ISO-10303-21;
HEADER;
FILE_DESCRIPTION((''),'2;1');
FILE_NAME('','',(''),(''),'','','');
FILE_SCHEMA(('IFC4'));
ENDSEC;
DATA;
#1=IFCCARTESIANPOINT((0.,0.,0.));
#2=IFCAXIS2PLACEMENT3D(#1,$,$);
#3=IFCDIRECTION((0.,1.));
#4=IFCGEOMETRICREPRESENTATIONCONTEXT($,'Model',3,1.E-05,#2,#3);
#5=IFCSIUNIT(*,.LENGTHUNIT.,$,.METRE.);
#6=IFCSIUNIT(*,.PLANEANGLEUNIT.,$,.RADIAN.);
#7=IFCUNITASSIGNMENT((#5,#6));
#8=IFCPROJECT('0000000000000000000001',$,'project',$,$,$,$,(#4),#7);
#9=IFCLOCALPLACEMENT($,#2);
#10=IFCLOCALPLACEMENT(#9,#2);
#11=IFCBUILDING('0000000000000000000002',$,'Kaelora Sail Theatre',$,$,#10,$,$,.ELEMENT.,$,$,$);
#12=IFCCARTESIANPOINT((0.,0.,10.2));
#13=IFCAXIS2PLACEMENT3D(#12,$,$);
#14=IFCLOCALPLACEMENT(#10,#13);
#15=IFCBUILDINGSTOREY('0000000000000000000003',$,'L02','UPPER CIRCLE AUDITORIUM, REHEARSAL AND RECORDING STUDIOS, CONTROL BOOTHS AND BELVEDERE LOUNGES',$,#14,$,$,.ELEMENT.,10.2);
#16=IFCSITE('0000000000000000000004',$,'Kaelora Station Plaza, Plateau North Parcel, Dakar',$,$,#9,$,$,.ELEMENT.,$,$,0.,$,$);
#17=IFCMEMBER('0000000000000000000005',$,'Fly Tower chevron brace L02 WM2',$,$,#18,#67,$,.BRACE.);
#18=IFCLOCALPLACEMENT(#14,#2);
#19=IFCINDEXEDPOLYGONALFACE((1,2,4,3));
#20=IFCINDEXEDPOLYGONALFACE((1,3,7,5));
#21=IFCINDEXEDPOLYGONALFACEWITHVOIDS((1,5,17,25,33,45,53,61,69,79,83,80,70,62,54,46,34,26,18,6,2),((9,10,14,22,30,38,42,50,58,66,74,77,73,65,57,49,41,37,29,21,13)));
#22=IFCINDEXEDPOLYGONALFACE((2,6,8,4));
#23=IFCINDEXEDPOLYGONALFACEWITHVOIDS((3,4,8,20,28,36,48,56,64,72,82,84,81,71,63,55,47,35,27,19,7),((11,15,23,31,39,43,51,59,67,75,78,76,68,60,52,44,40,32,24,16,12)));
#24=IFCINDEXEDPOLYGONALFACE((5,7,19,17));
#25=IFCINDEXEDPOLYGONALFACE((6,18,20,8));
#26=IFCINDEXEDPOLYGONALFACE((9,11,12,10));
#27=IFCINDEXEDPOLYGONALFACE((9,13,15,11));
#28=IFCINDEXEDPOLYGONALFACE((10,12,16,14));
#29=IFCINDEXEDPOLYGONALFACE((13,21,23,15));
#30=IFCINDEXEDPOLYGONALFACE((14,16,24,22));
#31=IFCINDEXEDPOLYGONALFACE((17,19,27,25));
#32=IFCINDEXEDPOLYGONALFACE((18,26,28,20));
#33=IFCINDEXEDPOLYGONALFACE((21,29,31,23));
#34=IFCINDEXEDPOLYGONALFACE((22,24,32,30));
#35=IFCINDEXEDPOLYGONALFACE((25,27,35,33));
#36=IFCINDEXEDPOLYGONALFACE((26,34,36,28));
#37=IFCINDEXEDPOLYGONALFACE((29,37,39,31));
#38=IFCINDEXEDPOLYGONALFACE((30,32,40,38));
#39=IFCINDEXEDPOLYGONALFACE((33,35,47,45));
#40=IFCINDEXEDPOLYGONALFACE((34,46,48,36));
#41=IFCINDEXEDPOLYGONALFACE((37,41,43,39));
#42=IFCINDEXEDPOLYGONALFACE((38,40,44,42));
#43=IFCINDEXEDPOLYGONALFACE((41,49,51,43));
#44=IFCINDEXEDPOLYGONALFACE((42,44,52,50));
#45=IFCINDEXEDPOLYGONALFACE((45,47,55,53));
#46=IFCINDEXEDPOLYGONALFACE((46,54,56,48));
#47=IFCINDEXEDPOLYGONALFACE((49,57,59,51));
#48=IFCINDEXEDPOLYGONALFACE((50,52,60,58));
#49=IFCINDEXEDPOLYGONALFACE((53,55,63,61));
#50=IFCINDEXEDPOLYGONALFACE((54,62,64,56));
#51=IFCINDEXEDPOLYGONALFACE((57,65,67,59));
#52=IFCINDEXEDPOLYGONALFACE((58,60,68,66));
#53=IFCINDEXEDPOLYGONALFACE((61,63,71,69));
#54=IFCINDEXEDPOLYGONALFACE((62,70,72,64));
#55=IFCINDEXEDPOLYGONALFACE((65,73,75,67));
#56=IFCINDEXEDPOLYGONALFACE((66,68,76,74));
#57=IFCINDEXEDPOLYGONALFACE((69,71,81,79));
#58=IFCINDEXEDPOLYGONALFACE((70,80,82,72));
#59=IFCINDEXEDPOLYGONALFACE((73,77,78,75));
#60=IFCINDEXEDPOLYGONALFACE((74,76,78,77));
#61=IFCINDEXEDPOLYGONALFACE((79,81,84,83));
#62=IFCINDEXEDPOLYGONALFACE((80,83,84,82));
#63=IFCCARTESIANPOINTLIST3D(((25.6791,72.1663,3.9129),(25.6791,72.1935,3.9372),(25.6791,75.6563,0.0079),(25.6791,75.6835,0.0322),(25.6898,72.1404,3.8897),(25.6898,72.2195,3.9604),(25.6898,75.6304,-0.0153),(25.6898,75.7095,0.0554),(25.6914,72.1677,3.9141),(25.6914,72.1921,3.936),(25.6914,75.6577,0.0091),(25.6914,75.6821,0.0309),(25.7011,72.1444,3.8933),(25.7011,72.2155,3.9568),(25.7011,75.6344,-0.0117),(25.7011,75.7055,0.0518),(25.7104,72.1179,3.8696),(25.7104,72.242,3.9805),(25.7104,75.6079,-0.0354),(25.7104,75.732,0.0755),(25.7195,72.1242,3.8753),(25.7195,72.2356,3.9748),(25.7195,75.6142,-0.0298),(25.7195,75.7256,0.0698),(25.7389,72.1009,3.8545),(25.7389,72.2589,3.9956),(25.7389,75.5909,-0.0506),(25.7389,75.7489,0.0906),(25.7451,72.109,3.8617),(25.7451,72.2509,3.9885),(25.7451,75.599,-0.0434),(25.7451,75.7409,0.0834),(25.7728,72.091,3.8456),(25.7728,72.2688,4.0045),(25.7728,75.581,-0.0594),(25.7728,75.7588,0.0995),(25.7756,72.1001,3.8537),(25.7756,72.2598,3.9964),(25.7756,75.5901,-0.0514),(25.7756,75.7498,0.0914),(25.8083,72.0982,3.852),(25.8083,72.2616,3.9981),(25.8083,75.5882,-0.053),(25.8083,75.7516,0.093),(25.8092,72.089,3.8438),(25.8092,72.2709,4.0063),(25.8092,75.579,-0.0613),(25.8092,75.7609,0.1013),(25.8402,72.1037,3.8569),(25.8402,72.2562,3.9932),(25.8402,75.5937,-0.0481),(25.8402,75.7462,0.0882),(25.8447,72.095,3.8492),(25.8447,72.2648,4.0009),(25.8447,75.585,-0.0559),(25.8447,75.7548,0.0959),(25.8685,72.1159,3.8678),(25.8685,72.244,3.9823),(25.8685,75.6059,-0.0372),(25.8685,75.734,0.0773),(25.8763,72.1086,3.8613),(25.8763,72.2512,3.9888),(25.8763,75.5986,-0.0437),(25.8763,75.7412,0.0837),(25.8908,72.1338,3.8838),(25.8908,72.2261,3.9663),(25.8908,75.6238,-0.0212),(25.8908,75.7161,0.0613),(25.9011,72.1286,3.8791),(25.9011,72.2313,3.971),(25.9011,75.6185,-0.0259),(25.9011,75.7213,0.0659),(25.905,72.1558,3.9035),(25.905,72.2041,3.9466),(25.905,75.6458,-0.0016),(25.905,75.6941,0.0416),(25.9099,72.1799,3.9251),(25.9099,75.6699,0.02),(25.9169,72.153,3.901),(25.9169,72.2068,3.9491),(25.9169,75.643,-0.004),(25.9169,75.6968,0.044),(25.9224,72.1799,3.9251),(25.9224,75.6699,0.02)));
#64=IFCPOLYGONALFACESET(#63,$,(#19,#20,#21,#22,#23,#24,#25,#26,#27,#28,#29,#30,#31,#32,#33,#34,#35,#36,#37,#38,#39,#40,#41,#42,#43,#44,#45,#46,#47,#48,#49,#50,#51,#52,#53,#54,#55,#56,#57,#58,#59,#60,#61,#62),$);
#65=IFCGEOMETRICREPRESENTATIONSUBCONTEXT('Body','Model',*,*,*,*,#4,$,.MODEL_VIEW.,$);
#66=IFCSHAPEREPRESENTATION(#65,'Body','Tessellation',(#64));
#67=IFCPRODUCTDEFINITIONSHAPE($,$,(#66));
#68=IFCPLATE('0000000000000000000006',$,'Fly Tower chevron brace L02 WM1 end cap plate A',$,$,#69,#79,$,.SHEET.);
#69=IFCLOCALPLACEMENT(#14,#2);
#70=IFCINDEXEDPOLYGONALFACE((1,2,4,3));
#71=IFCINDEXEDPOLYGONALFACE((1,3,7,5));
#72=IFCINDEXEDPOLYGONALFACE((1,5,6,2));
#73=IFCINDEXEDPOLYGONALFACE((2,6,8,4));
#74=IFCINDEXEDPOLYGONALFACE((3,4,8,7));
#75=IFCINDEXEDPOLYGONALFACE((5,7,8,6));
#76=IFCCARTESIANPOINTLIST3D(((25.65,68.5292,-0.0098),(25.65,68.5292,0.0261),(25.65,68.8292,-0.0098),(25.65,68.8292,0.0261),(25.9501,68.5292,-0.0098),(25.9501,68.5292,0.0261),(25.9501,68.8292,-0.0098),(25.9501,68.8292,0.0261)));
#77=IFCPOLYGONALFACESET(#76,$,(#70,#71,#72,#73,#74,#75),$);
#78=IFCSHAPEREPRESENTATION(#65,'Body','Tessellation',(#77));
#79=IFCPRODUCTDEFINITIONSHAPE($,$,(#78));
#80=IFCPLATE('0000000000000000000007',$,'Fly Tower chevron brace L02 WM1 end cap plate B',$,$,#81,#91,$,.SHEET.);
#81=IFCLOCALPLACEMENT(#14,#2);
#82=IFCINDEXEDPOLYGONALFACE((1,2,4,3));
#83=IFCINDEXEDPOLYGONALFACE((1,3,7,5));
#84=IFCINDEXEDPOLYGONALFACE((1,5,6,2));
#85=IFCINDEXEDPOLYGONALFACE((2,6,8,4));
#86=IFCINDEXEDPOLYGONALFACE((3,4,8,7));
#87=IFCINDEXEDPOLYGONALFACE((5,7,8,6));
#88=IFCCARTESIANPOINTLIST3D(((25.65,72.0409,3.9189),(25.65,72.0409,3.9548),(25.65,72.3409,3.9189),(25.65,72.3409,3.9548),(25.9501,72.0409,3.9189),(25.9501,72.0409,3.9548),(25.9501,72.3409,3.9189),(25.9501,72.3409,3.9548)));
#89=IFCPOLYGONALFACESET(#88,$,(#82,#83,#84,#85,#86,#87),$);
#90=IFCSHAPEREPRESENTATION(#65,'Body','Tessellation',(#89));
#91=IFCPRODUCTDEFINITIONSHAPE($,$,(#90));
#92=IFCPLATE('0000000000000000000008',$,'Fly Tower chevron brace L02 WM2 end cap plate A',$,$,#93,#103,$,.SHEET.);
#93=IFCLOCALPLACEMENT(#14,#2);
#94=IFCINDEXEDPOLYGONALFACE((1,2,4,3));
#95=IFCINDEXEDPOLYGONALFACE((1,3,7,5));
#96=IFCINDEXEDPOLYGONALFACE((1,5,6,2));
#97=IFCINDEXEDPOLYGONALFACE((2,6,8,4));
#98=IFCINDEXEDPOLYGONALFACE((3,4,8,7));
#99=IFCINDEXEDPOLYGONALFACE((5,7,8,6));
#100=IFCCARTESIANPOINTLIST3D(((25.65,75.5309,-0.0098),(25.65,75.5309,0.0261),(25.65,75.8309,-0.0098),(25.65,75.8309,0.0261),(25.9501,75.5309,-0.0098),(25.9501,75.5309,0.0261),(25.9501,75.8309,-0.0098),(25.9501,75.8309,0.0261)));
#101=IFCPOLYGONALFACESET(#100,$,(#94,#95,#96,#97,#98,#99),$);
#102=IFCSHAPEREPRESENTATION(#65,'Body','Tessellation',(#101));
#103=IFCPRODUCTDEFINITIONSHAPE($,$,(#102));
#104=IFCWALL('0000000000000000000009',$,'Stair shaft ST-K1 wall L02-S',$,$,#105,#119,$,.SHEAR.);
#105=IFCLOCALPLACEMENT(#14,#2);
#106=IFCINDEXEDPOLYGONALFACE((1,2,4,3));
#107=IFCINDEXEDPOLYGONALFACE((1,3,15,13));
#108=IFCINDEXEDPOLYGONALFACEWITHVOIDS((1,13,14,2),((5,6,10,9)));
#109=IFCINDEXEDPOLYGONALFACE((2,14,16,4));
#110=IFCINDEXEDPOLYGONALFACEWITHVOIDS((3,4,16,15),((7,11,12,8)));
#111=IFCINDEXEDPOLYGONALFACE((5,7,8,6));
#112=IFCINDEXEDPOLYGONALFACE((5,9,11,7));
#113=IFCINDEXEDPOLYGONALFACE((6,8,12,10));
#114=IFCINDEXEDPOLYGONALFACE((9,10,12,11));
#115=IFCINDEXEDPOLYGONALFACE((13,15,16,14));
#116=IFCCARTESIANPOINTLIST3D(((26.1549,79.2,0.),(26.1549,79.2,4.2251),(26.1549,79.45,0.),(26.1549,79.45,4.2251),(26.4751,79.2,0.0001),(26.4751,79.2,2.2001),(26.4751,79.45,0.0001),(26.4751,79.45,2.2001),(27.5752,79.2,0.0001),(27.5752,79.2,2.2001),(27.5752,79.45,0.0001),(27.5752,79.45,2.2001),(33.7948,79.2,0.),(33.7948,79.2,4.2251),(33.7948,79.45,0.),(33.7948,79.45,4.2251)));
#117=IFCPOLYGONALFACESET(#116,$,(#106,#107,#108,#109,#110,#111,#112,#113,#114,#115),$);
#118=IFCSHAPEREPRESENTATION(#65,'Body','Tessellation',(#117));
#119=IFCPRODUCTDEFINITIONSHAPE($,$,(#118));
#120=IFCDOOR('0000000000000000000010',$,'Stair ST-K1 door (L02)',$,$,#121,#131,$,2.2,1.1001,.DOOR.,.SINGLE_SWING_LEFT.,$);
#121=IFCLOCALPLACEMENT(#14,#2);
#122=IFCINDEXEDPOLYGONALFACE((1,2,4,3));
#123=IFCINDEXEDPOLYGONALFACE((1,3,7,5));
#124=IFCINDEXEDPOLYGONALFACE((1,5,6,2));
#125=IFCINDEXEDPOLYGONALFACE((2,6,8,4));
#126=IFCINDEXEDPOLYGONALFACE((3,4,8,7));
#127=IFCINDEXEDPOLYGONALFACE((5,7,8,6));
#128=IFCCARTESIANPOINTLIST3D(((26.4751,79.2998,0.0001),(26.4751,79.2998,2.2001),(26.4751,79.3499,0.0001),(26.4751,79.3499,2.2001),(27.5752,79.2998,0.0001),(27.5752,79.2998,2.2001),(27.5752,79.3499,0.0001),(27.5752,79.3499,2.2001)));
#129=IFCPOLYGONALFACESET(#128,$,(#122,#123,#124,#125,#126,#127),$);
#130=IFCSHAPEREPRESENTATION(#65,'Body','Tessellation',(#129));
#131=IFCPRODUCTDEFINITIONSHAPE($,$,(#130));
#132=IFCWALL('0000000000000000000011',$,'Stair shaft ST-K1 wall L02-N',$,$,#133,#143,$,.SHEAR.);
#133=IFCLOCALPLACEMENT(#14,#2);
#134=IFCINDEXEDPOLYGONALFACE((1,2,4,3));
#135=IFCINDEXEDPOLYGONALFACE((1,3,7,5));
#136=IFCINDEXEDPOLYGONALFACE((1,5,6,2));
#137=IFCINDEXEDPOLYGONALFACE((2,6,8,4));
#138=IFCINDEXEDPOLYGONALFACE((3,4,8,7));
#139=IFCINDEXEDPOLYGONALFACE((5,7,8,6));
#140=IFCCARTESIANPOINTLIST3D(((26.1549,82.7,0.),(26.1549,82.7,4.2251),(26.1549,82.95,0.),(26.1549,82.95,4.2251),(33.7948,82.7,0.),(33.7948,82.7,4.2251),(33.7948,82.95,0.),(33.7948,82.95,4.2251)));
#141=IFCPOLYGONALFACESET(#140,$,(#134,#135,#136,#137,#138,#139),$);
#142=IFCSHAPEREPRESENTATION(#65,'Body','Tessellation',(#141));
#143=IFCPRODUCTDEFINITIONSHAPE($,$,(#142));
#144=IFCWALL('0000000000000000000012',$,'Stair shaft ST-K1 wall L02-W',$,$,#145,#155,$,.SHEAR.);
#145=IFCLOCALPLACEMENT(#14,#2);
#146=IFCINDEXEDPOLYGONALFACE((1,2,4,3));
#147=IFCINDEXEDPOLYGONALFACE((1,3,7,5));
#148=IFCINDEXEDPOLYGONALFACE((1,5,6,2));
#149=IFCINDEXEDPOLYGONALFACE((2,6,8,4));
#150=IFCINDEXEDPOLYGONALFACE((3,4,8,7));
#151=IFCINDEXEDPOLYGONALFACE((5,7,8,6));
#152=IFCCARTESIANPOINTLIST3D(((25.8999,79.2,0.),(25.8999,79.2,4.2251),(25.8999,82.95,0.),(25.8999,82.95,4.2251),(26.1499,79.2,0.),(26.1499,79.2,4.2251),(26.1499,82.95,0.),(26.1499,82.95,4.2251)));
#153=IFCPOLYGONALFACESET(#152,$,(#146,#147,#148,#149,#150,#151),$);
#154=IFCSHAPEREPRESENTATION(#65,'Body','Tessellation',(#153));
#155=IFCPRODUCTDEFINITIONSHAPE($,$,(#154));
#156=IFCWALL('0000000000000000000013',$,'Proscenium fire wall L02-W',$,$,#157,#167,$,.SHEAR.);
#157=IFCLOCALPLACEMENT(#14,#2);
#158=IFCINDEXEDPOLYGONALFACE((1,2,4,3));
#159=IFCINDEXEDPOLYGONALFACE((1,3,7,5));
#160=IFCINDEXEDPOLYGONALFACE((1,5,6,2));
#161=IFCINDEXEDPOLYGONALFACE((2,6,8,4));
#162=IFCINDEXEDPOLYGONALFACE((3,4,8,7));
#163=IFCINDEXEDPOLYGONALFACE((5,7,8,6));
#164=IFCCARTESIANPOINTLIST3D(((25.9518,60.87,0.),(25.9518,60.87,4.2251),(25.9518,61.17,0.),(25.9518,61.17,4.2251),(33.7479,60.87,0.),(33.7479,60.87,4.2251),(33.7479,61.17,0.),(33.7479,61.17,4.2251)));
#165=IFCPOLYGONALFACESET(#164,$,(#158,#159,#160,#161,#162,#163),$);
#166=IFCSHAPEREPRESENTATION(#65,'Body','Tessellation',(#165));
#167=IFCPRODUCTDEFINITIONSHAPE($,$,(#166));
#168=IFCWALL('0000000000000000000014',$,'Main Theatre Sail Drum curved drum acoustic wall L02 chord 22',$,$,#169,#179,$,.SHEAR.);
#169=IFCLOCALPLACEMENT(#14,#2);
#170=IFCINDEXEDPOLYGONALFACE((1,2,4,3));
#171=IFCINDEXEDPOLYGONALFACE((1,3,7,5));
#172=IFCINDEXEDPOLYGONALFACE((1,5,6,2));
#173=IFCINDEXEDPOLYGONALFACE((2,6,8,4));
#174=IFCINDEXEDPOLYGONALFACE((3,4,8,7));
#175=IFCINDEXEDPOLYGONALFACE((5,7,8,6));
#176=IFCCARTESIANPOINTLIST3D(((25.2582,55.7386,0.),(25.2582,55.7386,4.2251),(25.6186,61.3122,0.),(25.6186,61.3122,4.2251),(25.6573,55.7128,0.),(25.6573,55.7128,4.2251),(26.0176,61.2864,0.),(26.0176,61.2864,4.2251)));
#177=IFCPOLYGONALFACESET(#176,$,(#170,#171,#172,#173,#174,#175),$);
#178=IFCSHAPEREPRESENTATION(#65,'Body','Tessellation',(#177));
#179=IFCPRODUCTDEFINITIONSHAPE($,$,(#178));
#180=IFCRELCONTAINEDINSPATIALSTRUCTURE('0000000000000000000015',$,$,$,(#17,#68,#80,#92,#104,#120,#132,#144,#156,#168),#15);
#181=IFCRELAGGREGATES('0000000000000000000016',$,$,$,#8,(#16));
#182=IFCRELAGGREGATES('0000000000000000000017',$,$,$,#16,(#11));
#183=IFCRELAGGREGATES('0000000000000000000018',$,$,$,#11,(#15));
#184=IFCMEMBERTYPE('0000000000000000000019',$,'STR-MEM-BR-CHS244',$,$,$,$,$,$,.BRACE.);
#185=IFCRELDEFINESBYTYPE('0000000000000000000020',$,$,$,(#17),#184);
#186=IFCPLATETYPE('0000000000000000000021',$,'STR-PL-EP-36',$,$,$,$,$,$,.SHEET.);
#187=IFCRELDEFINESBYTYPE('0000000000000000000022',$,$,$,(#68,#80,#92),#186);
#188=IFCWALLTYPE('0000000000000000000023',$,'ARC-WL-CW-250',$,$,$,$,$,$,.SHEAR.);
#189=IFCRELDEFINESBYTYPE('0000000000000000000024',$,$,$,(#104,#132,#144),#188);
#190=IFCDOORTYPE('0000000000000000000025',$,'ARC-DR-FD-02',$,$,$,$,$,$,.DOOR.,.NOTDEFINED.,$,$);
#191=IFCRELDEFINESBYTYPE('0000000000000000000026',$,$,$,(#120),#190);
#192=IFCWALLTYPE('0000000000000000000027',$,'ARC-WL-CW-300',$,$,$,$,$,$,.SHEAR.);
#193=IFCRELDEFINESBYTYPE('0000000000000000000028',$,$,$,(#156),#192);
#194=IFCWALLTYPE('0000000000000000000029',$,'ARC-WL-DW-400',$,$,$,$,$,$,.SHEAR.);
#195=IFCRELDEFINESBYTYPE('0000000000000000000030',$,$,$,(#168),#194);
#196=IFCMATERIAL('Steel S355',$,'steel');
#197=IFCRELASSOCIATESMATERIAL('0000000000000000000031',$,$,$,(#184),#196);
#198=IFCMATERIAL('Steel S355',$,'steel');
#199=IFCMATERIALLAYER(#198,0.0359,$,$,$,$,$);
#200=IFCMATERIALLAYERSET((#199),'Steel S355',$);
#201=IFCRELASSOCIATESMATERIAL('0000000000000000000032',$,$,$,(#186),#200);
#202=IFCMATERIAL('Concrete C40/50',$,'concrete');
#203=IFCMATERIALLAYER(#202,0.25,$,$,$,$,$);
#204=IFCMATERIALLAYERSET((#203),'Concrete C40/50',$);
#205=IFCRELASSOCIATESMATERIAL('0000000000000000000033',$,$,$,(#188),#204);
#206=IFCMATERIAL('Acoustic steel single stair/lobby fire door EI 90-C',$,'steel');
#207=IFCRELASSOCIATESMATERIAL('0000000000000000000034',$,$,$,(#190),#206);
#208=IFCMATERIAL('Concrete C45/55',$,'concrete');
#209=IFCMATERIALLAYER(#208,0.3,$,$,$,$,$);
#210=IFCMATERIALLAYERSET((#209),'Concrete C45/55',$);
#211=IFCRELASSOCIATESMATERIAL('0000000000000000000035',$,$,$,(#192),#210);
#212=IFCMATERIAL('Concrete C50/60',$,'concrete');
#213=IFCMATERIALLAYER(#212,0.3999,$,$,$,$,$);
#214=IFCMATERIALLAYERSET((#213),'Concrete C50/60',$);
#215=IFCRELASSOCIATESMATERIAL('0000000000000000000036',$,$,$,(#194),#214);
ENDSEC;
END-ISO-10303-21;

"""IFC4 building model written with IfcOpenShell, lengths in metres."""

from ifc_helpers import new_model, si_unit, direction, frame, frame_2d, origin, origin_2d, place, context, subcontext, project, spatial, rectangle, hollow_circle, extrude, material, layer, layer_set, material_profile, profile_set, type_object, element, fill, save


model = new_model("IFC4")

# Units and contexts
model_context = context("Model", 3, precision=1e-05, world=origin(), true_north=direction((0.0, 1.0)))
body_context = subcontext(model_context, "Body", "Model", "MODEL_VIEW")
ifc_project = project(units=[si_unit("LENGTHUNIT", "METRE"), si_unit("PLANEANGLEUNIT", "RADIAN")], contexts=[model_context])

# Site, building, storey
site_placement = place(None, origin())
site = spatial("IfcSite", under=ifc_project, at=site_placement, Name="Kaelora Station Plaza, Plateau North Parcel, Dakar", CompositionType="ELEMENT", RefElevation=0.0)
building_placement = place(site_placement, origin())
building = spatial("IfcBuilding", under=site, at=building_placement, Name="Kaelora Sail Theatre", CompositionType="ELEMENT")
storey_placement = place(building_placement, frame((0.0, 0.0, 10.2)))
storey = spatial("IfcBuildingStorey", under=building, at=storey_placement, Name="L02", Description="UPPER CIRCLE AUDITORIUM, REHEARSAL AND RECORDING STUDIOS, CONTROL BOOTHS AND BELVEDERE LOUNGES", CompositionType="ELEMENT", Elevation=10.2)

# Member
ifc_material_1 = material(Name="Steel S355", Category="steel")
ifc_material_profile_1 = material_profile(ifc_material_1, hollow_circle(Radius=0.1223, WallThickness=0.0125, at=origin_2d()), Name="CHS 244.5x12.5")
ifc_profile_set_1 = profile_set([ifc_material_profile_1], Name="Steel S355")
member_type_1 = type_object("IfcMemberType", Name="STR-MEM-BR-CHS244", PredefinedType="BRACE", material=ifc_profile_set_1)
for number, where, z_axis, x_axis, name in (
    (1, (25.8, 75.6699, 0.02), (0.0, -0.666372, 0.745619), (1.0, 0.0, 0.0), "Fly Tower chevron brace L02 WM2"),
):
    element("IfcMember", number, at=place(storey_placement, frame(where, z_axis=z_axis, x_axis=x_axis)), inside=storey, type_object=member_type_1, Name=name, PredefinedType="BRACE", context=body_context, shape_type="SweptSolid", body=[
        extrude(hollow_circle(Radius=0.1223, WallThickness=0.0125, at=origin_2d()), origin(), (0.0, 0.0, 1.0), 5.2373),
    ])

# Plates
ifc_material_2 = material(Name="Steel S355", Category="steel")
ifc_layer_1 = layer(ifc_material_2, 0.0359)
ifc_layer_set_1 = layer_set([ifc_layer_1], Name="Steel S355")
plate_type = type_object("IfcPlateType", Name="STR-PL-EP-36", PredefinedType="SHEET", material=ifc_layer_set_1)
for number, where, z_axis, x_axis, name in (
    (2, (25.8, 68.6792, -0.0098), (0.0, 0.0, 1.0), (1.0, 0.0, 0.0), "Fly Tower chevron brace L02 WM1 end cap plate A"),
    (3, (25.8, 72.1909, 3.9189), (0.0, 0.0, 1.0), (1.0, 0.0, 0.0), "Fly Tower chevron brace L02 WM1 end cap plate B"),
    (4, (25.8, 75.6809, -0.0098), (0.0, 0.0, 1.0), (1.0, 0.0, 0.0), "Fly Tower chevron brace L02 WM2 end cap plate A"),
):
    element("IfcPlate", number, at=place(storey_placement, frame(where, z_axis=z_axis, x_axis=x_axis)), inside=storey, type_object=plate_type, Name=name, PredefinedType="SHEET", context=body_context, shape_type="SweptSolid", body=[
        extrude(rectangle(XDim=0.3, YDim=0.3, at=origin_2d()), origin(), (0.0, 0.0, 1.0), 0.0359),
    ])

# Wall, opening, door
ifc_material_3 = material(Name="Concrete C40/50", Category="concrete")
ifc_layer_2 = layer(ifc_material_3, 0.25)
ifc_layer_set_2 = layer_set([ifc_layer_2], Name="Concrete C40/50")
wall_type_1 = type_object("IfcWallType", Name="ARC-WL-CW-250", PredefinedType="SHEAR", material=ifc_layer_set_2)
wall_1_placement = place(storey_placement, frame((26.155, 79.325, 0.0), z_axis=(0.0, 0.0, 1.0), x_axis=(1.0, 0.0, 0.0)))
wall_1 = element("IfcWall", 5, at=wall_1_placement, inside=storey, type_object=wall_type_1, Name="Stair shaft ST-K1 wall L02-S", PredefinedType="SHEAR", context=body_context, shape_type="SweptSolid", body=[
    extrude(rectangle(XDim=7.6399, YDim=0.25, at=frame_2d((3.8198, 0.0))), origin(), (0.0, 0.0, 1.0), 4.2251),
])
opening_1_placement = place(wall_1_placement, frame((0.3201, 0.0, 0.0)))
opening_1 = element("IfcOpeningElement", 6, at=opening_1_placement, cuts=wall_1, PredefinedType="OPENING", context=body_context, shape_type="SweptSolid", body=[
    extrude(rectangle(XDim=1.1001, YDim=2.2, at=frame_2d((0.55, 1.1001))), frame((0.0, 0.135, 0.0), z_axis=(0.0, -1.0, 0.0), x_axis=(1.0, 0.0, 0.0)), (0.0, 0.0, 1.0), 0.27),
])
ifc_material_4 = material(Name="Acoustic steel single stair/lobby fire door EI 90-C", Category="steel")
door_type_1 = type_object("IfcDoorType", Name="ARC-DR-FD-02", OperationType="NOTDEFINED", PredefinedType="DOOR", material=ifc_material_4)
door_1_placement = place(opening_1_placement, origin())
door_1 = element("IfcDoor", 7, at=door_1_placement, inside=storey, type_object=door_type_1, Name="Stair ST-K1 door (L02)", OperationType="SINGLE_SWING_LEFT", OverallHeight=2.2, OverallWidth=1.1001, PredefinedType="DOOR", context=body_context, shape_type="SweptSolid", body=[
    extrude(rectangle(XDim=1.1001, YDim=2.2, at=frame_2d((0.55, 1.1001))), frame((0.0, 0.0249, 0.0), z_axis=(0.0, -1.0, 0.0), x_axis=(1.0, 0.0, 0.0)), (0.0, 0.0, 1.0), 0.05),
])
fill(opening_1, door_1)

# Walls
wall_2_placement = place(storey_placement, frame((26.155, 82.825, 0.0), z_axis=(0.0, 0.0, 1.0), x_axis=(1.0, 0.0, 0.0)))
element("IfcWall", 8, at=wall_2_placement, inside=storey, type_object=wall_type_1, Name="Stair shaft ST-K1 wall L02-N", PredefinedType="SHEAR", context=body_context, shape_type="SweptSolid", body=[
    extrude(rectangle(XDim=7.6399, YDim=0.25, at=frame_2d((3.8198, 0.0))), origin(), (0.0, 0.0, 1.0), 4.2251),
])
wall_3_placement = place(storey_placement, frame((26.0249, 79.2, 0.0), z_axis=(0.0, 0.0, 1.0), x_axis=(0.0, 1.0, 0.0)))
element("IfcWall", 9, at=wall_3_placement, inside=storey, type_object=wall_type_1, Name="Stair shaft ST-K1 wall L02-W", PredefinedType="SHEAR", context=body_context, shape_type="SweptSolid", body=[
    extrude(rectangle(XDim=3.75, YDim=0.25, at=frame_2d((1.875, 0.0))), origin(), (0.0, 0.0, 1.0), 4.2251),
])
ifc_material_5 = material(Name="Concrete C45/55", Category="concrete")
ifc_layer_3 = layer(ifc_material_5, 0.3)
ifc_layer_set_3 = layer_set([ifc_layer_3], Name="Concrete C45/55")
wall_type_2 = type_object("IfcWallType", Name="ARC-WL-CW-300", PredefinedType="SHEAR", material=ifc_layer_set_3)
wall_4_placement = place(storey_placement, frame((25.9519, 61.02, 0.0), z_axis=(0.0, 0.0, 1.0), x_axis=(1.0, 0.0, 0.0)))
element("IfcWall", 10, at=wall_4_placement, inside=storey, type_object=wall_type_2, Name="Proscenium fire wall L02-W", PredefinedType="SHEAR", context=body_context, shape_type="SweptSolid", body=[
    extrude(rectangle(XDim=7.7961, YDim=0.3, at=frame_2d((3.8979, 0.0))), origin(), (0.0, 0.0, 1.0), 4.2251),
])
ifc_material_6 = material(Name="Concrete C50/60", Category="concrete")
ifc_layer_4 = layer(ifc_material_6, 0.3999)
ifc_layer_set_4 = layer_set([ifc_layer_4], Name="Concrete C50/60")
wall_type_3 = type_object("IfcWallType", Name="ARC-WL-DW-400", PredefinedType="SHEAR", material=ifc_layer_set_4)
wall_5_placement = place(storey_placement, frame((25.4578, 55.7258, 0.0), z_axis=(0.0, 0.0, 1.0), x_axis=(0.06452, 0.997916, 0.0)))
element("IfcWall", 11, at=wall_5_placement, inside=storey, type_object=wall_type_3, Name="Main Theatre Sail Drum curved drum acoustic wall L02 chord 22", PredefinedType="SHEAR", context=body_context, shape_type="SweptSolid", body=[
    extrude(rectangle(XDim=5.5852, YDim=0.3999, at=frame_2d((2.7925, 0.0))), origin(), (0.0, 0.0, 1.0), 4.2251),
])

save(model, "model.ifc")
